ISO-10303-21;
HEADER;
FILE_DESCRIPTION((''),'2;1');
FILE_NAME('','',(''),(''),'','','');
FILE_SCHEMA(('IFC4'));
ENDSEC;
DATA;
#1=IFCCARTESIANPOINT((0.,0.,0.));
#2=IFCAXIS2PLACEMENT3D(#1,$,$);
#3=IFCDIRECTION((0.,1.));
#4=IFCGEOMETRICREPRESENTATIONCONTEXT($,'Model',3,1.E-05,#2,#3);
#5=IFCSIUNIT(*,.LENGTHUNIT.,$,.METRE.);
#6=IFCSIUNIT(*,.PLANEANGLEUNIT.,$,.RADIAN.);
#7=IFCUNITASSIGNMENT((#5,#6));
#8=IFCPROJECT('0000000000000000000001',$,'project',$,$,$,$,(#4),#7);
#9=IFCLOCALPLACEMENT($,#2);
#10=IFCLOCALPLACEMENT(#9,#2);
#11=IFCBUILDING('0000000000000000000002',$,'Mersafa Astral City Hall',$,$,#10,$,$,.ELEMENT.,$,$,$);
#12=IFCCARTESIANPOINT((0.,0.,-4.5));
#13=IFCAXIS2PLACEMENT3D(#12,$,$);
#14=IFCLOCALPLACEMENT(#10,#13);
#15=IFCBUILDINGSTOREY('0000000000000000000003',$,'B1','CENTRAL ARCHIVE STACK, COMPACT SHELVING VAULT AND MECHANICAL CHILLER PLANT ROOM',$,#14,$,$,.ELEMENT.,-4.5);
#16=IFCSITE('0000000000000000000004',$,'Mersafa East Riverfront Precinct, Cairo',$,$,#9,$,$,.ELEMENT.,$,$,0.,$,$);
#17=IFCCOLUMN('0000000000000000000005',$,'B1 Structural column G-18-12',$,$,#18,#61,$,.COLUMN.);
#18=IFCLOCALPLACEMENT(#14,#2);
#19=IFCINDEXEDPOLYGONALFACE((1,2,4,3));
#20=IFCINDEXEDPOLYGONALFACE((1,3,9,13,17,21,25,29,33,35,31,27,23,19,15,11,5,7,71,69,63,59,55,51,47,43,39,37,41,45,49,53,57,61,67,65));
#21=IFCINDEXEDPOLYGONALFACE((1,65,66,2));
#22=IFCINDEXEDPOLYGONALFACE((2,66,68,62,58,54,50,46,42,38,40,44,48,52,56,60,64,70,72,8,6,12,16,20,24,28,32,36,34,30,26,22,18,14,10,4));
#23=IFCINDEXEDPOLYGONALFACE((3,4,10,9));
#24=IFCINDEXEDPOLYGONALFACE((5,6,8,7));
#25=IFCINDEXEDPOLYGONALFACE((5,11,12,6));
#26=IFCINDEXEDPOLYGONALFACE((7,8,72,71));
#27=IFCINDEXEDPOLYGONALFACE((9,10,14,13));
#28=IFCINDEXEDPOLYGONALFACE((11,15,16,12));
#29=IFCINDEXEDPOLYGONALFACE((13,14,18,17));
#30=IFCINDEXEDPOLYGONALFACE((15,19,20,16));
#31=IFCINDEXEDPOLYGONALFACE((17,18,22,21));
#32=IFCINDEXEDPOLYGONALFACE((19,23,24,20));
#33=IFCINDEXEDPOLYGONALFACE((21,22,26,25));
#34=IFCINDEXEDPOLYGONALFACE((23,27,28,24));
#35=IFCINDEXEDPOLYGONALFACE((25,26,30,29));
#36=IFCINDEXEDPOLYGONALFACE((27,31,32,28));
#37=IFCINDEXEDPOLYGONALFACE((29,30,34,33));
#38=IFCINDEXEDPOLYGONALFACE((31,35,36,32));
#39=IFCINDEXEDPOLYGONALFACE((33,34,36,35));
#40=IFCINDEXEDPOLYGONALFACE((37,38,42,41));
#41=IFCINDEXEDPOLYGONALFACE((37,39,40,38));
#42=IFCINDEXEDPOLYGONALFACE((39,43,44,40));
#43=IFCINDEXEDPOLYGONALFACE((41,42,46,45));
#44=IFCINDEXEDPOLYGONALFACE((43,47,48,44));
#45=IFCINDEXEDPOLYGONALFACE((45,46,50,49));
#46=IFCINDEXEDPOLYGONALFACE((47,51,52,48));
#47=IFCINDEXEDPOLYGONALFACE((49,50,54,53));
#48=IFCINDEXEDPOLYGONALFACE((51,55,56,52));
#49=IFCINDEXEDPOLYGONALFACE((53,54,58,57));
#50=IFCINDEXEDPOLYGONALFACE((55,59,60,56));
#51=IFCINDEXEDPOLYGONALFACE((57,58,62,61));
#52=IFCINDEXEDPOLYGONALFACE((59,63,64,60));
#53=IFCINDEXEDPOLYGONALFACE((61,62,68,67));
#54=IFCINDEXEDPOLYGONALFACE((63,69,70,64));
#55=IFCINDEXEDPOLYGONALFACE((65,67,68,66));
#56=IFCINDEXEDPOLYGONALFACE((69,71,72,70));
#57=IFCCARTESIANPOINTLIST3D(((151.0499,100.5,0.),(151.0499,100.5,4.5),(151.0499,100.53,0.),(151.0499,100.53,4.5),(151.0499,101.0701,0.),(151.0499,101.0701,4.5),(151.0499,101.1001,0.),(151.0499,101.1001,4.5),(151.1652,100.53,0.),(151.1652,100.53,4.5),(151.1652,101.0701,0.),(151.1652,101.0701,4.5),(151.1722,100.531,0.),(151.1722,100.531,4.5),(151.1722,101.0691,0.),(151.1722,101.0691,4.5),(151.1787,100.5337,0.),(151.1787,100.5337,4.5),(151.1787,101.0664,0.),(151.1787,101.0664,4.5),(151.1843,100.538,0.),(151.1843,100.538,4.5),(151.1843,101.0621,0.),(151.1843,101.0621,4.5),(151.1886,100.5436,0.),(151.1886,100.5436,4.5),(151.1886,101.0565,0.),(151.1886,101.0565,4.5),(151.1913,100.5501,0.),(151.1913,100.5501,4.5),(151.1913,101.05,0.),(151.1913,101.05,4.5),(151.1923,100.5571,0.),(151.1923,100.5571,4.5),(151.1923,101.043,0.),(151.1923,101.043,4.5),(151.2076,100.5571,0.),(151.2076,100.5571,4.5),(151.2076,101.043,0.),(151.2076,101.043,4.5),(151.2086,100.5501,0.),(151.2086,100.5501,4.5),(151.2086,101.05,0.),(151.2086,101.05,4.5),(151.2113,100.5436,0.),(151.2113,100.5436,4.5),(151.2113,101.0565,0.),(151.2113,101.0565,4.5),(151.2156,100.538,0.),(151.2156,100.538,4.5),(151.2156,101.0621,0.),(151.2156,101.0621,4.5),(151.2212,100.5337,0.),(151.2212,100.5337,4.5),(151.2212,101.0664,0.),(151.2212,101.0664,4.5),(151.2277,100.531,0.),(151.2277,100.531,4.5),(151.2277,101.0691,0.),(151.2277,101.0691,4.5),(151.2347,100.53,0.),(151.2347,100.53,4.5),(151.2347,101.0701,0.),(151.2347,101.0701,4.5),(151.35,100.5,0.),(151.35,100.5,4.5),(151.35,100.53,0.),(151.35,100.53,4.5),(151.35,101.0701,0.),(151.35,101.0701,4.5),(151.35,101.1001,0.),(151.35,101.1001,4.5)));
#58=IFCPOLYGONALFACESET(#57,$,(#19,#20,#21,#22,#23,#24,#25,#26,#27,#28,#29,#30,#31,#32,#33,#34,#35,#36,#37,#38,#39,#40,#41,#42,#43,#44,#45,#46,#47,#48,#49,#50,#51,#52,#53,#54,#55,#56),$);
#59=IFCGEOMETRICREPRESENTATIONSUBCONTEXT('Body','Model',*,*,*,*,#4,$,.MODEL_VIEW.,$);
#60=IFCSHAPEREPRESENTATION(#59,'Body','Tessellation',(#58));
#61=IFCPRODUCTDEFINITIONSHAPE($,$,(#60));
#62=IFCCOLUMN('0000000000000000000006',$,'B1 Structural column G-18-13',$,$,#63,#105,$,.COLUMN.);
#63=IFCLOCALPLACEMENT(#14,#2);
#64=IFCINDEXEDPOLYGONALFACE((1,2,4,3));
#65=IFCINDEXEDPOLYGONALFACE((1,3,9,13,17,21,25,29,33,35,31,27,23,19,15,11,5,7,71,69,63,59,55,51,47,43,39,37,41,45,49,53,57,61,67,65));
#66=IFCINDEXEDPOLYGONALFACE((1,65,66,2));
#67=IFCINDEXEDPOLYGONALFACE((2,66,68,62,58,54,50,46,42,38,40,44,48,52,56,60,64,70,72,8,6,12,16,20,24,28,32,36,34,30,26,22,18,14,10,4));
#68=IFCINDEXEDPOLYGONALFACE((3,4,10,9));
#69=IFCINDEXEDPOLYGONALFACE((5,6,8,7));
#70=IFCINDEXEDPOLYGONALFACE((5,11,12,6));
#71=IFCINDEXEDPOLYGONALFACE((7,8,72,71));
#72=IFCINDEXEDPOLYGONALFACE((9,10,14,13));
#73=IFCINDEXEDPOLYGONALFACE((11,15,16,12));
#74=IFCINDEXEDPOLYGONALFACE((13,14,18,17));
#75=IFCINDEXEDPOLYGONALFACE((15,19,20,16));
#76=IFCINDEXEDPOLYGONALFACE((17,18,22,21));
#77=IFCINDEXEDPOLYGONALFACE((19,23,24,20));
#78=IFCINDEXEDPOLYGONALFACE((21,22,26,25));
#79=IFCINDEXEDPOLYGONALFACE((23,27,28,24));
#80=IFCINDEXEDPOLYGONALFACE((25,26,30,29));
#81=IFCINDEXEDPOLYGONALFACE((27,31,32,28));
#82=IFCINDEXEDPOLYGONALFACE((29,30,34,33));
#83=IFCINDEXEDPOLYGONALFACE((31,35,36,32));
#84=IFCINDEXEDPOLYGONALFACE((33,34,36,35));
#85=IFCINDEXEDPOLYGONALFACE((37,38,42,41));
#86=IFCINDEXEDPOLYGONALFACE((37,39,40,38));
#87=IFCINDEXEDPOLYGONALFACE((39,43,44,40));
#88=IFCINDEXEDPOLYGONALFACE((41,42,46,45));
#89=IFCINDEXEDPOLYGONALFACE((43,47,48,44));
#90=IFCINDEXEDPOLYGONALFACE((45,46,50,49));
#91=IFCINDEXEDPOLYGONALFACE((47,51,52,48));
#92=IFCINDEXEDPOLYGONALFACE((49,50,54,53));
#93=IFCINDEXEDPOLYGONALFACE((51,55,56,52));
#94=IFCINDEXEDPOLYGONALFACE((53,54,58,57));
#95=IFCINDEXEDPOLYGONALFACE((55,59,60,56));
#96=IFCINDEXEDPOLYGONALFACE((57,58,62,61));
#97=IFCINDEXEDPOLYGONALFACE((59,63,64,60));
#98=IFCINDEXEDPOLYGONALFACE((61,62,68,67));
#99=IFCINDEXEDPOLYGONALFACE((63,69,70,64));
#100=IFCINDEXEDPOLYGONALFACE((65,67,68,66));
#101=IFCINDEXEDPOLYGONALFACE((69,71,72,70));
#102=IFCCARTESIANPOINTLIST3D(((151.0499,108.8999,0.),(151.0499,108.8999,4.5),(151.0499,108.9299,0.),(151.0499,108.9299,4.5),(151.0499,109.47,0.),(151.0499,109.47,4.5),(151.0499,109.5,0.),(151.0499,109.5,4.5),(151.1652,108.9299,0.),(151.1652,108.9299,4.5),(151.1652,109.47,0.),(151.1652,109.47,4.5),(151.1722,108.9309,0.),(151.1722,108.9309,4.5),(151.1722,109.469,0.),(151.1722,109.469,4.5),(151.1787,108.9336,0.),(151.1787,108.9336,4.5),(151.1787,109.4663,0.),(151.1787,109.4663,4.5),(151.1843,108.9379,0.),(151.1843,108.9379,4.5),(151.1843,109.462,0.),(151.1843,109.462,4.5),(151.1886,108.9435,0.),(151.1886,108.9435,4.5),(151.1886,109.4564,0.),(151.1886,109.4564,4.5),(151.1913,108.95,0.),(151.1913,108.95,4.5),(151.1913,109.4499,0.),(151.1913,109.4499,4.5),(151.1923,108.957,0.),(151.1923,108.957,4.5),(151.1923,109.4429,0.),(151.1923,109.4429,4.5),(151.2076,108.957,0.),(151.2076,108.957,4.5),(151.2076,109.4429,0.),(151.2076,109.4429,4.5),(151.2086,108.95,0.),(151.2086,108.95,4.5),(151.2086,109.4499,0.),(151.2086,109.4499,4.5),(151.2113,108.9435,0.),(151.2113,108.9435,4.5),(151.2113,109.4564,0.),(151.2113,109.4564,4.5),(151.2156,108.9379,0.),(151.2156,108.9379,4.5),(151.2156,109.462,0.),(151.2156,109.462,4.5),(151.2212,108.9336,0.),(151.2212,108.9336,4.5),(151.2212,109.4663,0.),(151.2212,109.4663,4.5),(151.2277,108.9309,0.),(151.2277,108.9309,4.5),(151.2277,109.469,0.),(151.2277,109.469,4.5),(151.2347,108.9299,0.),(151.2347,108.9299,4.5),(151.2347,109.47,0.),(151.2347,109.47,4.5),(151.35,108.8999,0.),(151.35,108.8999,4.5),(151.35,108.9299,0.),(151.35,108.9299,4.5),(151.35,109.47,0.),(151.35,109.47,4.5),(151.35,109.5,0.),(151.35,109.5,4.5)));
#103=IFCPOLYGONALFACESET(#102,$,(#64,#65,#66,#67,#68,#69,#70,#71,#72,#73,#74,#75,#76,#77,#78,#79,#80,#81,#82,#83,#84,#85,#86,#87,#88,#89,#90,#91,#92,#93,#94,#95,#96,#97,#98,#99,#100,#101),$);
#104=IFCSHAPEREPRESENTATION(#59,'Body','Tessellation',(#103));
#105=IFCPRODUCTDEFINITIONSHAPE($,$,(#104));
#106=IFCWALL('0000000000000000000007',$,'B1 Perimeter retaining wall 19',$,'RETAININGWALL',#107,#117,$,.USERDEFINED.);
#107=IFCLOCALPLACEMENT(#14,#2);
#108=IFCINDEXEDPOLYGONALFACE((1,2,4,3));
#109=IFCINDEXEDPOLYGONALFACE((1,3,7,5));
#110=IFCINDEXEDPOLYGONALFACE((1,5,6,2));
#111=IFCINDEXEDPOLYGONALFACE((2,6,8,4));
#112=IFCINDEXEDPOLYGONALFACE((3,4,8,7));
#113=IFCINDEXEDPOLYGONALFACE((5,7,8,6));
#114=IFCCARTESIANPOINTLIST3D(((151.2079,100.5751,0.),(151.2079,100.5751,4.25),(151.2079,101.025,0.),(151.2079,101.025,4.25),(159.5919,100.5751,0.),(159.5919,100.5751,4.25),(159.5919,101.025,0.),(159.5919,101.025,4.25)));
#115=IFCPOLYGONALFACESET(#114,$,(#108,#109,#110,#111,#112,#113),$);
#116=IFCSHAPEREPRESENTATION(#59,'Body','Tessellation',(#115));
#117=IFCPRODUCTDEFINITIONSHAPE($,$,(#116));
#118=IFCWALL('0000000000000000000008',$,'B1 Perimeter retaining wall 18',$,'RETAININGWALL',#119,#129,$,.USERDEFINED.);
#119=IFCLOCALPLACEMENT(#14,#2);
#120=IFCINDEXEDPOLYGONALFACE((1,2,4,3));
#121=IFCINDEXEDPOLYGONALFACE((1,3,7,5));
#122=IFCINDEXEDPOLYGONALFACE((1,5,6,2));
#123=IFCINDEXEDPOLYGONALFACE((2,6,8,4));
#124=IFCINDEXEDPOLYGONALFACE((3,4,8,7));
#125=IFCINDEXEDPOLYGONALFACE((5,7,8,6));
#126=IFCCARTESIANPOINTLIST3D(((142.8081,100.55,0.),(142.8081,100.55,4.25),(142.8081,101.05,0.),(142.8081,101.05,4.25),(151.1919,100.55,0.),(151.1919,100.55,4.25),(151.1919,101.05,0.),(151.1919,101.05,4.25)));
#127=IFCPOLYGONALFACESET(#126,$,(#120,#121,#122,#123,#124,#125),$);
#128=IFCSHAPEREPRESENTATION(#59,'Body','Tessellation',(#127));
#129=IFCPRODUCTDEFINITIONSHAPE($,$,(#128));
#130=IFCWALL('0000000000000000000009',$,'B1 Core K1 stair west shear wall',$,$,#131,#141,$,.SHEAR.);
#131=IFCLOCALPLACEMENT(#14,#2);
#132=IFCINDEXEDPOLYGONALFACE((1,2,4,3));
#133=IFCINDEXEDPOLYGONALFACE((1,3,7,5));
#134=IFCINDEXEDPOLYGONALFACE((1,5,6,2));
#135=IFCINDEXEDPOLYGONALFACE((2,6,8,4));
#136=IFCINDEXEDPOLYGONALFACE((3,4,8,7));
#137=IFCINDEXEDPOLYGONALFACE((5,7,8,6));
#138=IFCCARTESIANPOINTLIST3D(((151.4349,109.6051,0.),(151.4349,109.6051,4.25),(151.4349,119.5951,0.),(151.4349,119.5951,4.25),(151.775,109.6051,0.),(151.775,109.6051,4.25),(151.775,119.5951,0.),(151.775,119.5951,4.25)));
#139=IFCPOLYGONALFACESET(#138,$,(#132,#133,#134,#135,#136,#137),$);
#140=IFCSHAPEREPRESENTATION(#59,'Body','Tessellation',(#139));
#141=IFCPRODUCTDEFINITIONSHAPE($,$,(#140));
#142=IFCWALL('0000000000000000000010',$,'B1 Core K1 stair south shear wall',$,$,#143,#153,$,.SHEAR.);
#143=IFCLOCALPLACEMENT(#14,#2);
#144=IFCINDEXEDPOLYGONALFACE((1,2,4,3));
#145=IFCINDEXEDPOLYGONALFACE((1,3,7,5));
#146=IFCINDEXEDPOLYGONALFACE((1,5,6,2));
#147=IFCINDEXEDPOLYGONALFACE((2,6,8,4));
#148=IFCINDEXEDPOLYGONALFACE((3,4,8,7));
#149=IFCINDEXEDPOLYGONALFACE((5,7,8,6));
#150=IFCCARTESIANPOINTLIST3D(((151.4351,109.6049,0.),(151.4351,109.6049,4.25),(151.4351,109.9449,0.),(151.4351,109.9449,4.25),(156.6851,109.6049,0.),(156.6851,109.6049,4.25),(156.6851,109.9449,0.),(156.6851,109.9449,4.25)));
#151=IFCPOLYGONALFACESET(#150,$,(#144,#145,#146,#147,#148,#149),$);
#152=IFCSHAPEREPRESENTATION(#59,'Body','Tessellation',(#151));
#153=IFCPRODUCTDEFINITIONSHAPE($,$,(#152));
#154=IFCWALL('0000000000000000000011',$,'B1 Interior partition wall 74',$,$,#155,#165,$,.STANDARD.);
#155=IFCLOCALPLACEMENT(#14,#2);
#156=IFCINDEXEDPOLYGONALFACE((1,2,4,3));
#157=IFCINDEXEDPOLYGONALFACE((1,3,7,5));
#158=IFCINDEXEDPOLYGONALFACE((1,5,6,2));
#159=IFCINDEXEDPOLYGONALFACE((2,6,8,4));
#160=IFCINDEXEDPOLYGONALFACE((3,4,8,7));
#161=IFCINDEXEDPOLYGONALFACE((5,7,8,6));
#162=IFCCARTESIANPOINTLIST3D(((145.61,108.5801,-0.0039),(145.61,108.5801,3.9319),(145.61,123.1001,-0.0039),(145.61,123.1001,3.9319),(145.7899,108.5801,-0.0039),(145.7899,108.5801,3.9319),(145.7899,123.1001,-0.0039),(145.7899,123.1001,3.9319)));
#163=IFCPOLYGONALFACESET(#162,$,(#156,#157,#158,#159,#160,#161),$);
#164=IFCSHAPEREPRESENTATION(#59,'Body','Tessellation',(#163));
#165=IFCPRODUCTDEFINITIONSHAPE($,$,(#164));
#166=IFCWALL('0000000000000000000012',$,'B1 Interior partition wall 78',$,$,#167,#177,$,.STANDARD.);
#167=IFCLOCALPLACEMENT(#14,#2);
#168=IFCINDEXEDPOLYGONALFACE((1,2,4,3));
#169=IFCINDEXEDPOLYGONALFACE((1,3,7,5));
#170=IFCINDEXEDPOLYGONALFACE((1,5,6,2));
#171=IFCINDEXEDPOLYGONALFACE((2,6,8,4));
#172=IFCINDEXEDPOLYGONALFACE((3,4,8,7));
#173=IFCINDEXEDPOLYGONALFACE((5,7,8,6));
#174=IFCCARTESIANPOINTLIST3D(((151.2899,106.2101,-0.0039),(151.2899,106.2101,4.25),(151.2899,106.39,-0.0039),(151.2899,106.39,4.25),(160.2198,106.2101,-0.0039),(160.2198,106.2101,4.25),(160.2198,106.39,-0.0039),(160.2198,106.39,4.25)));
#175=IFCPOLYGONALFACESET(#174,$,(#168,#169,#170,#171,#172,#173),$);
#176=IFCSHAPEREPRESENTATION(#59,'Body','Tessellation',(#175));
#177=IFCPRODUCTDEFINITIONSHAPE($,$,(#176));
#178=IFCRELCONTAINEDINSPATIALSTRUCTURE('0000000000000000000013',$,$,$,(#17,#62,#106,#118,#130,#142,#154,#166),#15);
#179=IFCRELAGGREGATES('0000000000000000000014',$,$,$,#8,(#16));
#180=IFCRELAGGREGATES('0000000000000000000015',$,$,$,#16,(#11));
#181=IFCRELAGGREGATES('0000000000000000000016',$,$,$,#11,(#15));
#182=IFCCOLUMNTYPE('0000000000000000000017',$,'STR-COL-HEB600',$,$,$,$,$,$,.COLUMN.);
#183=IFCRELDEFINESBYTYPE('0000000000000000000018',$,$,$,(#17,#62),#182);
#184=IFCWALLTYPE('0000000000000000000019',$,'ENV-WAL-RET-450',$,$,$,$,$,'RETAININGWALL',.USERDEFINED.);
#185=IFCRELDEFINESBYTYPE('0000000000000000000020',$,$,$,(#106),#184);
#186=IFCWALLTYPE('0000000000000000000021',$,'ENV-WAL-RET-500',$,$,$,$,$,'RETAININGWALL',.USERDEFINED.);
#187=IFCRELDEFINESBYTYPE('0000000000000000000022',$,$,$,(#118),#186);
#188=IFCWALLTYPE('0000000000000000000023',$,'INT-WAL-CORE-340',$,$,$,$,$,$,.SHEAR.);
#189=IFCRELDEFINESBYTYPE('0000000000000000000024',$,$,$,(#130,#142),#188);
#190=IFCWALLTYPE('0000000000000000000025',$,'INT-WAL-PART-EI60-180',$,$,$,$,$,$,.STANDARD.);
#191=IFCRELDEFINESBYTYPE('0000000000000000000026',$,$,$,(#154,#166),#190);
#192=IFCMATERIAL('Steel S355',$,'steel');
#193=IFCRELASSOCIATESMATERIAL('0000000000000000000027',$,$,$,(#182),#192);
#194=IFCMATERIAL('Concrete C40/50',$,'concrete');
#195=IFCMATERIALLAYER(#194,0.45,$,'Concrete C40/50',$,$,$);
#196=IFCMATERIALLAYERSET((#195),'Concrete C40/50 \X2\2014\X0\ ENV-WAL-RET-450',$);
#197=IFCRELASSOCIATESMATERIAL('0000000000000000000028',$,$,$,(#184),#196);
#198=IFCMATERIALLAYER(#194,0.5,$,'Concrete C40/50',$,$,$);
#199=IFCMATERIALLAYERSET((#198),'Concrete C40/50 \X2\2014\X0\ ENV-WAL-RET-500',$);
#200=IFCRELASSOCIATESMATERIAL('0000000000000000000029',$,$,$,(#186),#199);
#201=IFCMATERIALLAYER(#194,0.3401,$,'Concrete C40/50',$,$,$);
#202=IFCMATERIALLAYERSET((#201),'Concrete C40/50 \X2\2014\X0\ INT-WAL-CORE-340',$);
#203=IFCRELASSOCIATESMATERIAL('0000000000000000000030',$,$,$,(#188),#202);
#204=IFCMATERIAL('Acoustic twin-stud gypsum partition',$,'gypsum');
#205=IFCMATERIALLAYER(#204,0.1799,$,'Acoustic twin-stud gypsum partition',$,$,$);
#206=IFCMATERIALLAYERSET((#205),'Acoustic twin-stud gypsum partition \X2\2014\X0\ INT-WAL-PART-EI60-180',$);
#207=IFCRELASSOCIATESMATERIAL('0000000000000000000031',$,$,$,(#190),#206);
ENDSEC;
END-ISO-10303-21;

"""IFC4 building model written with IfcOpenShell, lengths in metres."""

from ifc_helpers import new_model, si_unit, direction, frame, frame_2d, origin, origin_2d, place, context, subcontext, project, spatial, rectangle, i_section, extrude, material, layer, layer_set, material_profile, profile_set, type_object, element, save


model = new_model("IFC4")

# Units and contexts
model_context = context("Model", 3, precision=1e-05, world=origin(), true_north=direction((0.0, 1.0)))
body_context = subcontext(model_context, "Body", "Model", "MODEL_VIEW")
ifc_project = project(units=[si_unit("LENGTHUNIT", "METRE"), si_unit("PLANEANGLEUNIT", "RADIAN")], contexts=[model_context])

# Site, building, storey
site_placement = place(None, origin())
site = spatial("IfcSite", under=ifc_project, at=site_placement, Name="Mersafa East Riverfront Precinct, Cairo", CompositionType="ELEMENT", RefElevation=0.0)
building_placement = place(site_placement, origin())
building = spatial("IfcBuilding", under=site, at=building_placement, Name="Mersafa Astral City Hall", CompositionType="ELEMENT")
storey_placement = place(building_placement, frame((0.0, 0.0, -4.5)))
storey = spatial("IfcBuildingStorey", under=building, at=storey_placement, Name="B1", Description="CENTRAL ARCHIVE STACK, COMPACT SHELVING VAULT AND MECHANICAL CHILLER PLANT ROOM", CompositionType="ELEMENT", Elevation=-4.5)

# Shared definitions
ifc_material_1 = material(Name="Concrete C40/50", Category="concrete")

# Columns
ifc_material_2 = material(Name="Steel S355", Category="steel")
ifc_material_profile_1 = material_profile(ifc_material_2, i_section(OverallWidth=0.3, OverallDepth=0.6001, WebThickness=0.0154, FlangeThickness=0.03, FilletRadius=0.0271, at=origin_2d()), Name="HEB 600")
ifc_profile_set_1 = profile_set([ifc_material_profile_1], Name="Steel S355")
column_type = type_object("IfcColumnType", Name="STR-COL-HEB600", PredefinedType="COLUMN", material=ifc_profile_set_1)
for number, where, z_axis, x_axis, name in (
    (1, (151.2, 100.8, 0.0), (0.0, 0.0, 1.0), (1.0, 0.0, 0.0), "B1 Structural column G-18-12"),
    (2, (151.2, 109.2, 0.0), (0.0, 0.0, 1.0), (1.0, 0.0, 0.0), "B1 Structural column G-18-13"),
):
    element("IfcColumn", number, at=place(storey_placement, frame(where, z_axis=z_axis, x_axis=x_axis)), inside=storey, type_object=column_type, Name=name, PredefinedType="COLUMN", context=body_context, shape_type="SweptSolid", body=[
        extrude(i_section(OverallWidth=0.3, OverallDepth=0.6001, WebThickness=0.0154, FlangeThickness=0.03, FilletRadius=0.0271, at=origin_2d()), origin(), (0.0, 0.0, 1.0), 4.5),
    ])

# Walls
ifc_layer_1 = layer(ifc_material_1, 0.45, Name="Concrete C40/50")
ifc_layer_set_1 = layer_set([ifc_layer_1], Name="Concrete C40/50 — ENV-WAL-RET-450")
wall_type_1 = type_object("IfcWallType", Name="ENV-WAL-RET-450", ElementType="RETAININGWALL", PredefinedType="USERDEFINED", material=ifc_layer_set_1)
wall_1_placement = place(storey_placement, frame((151.208, 100.8, 0.0), z_axis=(0.0, 0.0, 1.0), x_axis=(1.0, 0.0, 0.0)))
element("IfcWall", 3, at=wall_1_placement, inside=storey, type_object=wall_type_1, Name="B1 Perimeter retaining wall 19", ObjectType="RETAININGWALL", PredefinedType="USERDEFINED", context=body_context, shape_type="SweptSolid", body=[
    extrude(rectangle(XDim=8.384, YDim=0.45, at=frame_2d((4.1919, 0.0))), origin(), (0.0, 0.0, 1.0), 4.25),
])
ifc_layer_2 = layer(ifc_material_1, 0.5, Name="Concrete C40/50")
ifc_layer_set_2 = layer_set([ifc_layer_2], Name="Concrete C40/50 — ENV-WAL-RET-500")
wall_type_2 = type_object("IfcWallType", Name="ENV-WAL-RET-500", ElementType="RETAININGWALL", PredefinedType="USERDEFINED", material=ifc_layer_set_2)
wall_2_placement = place(storey_placement, frame((142.8081, 100.8, 0.0), z_axis=(0.0, 0.0, 1.0), x_axis=(1.0, 0.0, 0.0)))
element("IfcWall", 4, at=wall_2_placement, inside=storey, type_object=wall_type_2, Name="B1 Perimeter retaining wall 18", ObjectType="RETAININGWALL", PredefinedType="USERDEFINED", context=body_context, shape_type="SweptSolid", body=[
    extrude(rectangle(XDim=8.3838, YDim=0.5, at=frame_2d((4.1919, 0.0))), origin(), (0.0, 0.0, 1.0), 4.25),
])
ifc_layer_3 = layer(ifc_material_1, 0.3401, Name="Concrete C40/50")
ifc_layer_set_3 = layer_set([ifc_layer_3], Name="Concrete C40/50 — INT-WAL-CORE-340")
wall_type_3 = type_object("IfcWallType", Name="INT-WAL-CORE-340", PredefinedType="SHEAR", material=ifc_layer_set_3)
wall_3_placement = place(storey_placement, frame((151.605, 109.605, 0.0), z_axis=(0.0, 0.0, 1.0), x_axis=(0.0, 1.0, 0.0)))
element("IfcWall", 5, at=wall_3_placement, inside=storey, type_object=wall_type_3, Name="B1 Core K1 stair west shear wall", PredefinedType="SHEAR", context=body_context, shape_type="SweptSolid", body=[
    extrude(rectangle(XDim=9.99, YDim=0.3401, at=frame_2d((4.9951, 0.0))), origin(), (0.0, 0.0, 1.0), 4.25),
])
wall_4_placement = place(storey_placement, frame((151.4351, 109.7749, 0.0), z_axis=(0.0, 0.0, 1.0), x_axis=(1.0, 0.0, 0.0)))
element("IfcWall", 6, at=wall_4_placement, inside=storey, type_object=wall_type_3, Name="B1 Core K1 stair south shear wall", PredefinedType="SHEAR", context=body_context, shape_type="SweptSolid", body=[
    extrude(rectangle(XDim=5.25, YDim=0.3401, at=frame_2d((2.625, 0.0))), origin(), (0.0, 0.0, 1.0), 4.25),
])
ifc_material_3 = material(Name="Acoustic twin-stud gypsum partition", Category="gypsum")
ifc_layer_4 = layer(ifc_material_3, 0.1799, Name="Acoustic twin-stud gypsum partition")
ifc_layer_set_4 = layer_set([ifc_layer_4], Name="Acoustic twin-stud gypsum partition — INT-WAL-PART-EI60-180")
wall_type_4 = type_object("IfcWallType", Name="INT-WAL-PART-EI60-180", PredefinedType="STANDARD", material=ifc_layer_set_4)
wall_5_placement = place(storey_placement, frame((145.7, 108.5801, -0.0039), z_axis=(0.0, 0.0, 1.0), x_axis=(0.0, 1.0, 0.0)))
element("IfcWall", 7, at=wall_5_placement, inside=storey, type_object=wall_type_4, Name="B1 Interior partition wall 74", PredefinedType="STANDARD", context=body_context, shape_type="SweptSolid", body=[
    extrude(rectangle(XDim=14.52, YDim=0.1799, at=frame_2d((7.26, 0.0))), origin(), (0.0, 0.0, 1.0), 3.9358),
])
wall_6_placement = place(storey_placement, frame((151.29, 106.3, -0.0039), z_axis=(0.0, 0.0, 1.0), x_axis=(1.0, 0.0, 0.0)))
element("IfcWall", 8, at=wall_6_placement, inside=storey, type_object=wall_type_4, Name="B1 Interior partition wall 78", PredefinedType="STANDARD", context=body_context, shape_type="SweptSolid", body=[
    extrude(rectangle(XDim=8.9299, YDim=0.1799, at=frame_2d((4.4648, 0.0))), origin(), (0.0, 0.0, 1.0), 4.2539),
])

save(model, "model.ifc")
